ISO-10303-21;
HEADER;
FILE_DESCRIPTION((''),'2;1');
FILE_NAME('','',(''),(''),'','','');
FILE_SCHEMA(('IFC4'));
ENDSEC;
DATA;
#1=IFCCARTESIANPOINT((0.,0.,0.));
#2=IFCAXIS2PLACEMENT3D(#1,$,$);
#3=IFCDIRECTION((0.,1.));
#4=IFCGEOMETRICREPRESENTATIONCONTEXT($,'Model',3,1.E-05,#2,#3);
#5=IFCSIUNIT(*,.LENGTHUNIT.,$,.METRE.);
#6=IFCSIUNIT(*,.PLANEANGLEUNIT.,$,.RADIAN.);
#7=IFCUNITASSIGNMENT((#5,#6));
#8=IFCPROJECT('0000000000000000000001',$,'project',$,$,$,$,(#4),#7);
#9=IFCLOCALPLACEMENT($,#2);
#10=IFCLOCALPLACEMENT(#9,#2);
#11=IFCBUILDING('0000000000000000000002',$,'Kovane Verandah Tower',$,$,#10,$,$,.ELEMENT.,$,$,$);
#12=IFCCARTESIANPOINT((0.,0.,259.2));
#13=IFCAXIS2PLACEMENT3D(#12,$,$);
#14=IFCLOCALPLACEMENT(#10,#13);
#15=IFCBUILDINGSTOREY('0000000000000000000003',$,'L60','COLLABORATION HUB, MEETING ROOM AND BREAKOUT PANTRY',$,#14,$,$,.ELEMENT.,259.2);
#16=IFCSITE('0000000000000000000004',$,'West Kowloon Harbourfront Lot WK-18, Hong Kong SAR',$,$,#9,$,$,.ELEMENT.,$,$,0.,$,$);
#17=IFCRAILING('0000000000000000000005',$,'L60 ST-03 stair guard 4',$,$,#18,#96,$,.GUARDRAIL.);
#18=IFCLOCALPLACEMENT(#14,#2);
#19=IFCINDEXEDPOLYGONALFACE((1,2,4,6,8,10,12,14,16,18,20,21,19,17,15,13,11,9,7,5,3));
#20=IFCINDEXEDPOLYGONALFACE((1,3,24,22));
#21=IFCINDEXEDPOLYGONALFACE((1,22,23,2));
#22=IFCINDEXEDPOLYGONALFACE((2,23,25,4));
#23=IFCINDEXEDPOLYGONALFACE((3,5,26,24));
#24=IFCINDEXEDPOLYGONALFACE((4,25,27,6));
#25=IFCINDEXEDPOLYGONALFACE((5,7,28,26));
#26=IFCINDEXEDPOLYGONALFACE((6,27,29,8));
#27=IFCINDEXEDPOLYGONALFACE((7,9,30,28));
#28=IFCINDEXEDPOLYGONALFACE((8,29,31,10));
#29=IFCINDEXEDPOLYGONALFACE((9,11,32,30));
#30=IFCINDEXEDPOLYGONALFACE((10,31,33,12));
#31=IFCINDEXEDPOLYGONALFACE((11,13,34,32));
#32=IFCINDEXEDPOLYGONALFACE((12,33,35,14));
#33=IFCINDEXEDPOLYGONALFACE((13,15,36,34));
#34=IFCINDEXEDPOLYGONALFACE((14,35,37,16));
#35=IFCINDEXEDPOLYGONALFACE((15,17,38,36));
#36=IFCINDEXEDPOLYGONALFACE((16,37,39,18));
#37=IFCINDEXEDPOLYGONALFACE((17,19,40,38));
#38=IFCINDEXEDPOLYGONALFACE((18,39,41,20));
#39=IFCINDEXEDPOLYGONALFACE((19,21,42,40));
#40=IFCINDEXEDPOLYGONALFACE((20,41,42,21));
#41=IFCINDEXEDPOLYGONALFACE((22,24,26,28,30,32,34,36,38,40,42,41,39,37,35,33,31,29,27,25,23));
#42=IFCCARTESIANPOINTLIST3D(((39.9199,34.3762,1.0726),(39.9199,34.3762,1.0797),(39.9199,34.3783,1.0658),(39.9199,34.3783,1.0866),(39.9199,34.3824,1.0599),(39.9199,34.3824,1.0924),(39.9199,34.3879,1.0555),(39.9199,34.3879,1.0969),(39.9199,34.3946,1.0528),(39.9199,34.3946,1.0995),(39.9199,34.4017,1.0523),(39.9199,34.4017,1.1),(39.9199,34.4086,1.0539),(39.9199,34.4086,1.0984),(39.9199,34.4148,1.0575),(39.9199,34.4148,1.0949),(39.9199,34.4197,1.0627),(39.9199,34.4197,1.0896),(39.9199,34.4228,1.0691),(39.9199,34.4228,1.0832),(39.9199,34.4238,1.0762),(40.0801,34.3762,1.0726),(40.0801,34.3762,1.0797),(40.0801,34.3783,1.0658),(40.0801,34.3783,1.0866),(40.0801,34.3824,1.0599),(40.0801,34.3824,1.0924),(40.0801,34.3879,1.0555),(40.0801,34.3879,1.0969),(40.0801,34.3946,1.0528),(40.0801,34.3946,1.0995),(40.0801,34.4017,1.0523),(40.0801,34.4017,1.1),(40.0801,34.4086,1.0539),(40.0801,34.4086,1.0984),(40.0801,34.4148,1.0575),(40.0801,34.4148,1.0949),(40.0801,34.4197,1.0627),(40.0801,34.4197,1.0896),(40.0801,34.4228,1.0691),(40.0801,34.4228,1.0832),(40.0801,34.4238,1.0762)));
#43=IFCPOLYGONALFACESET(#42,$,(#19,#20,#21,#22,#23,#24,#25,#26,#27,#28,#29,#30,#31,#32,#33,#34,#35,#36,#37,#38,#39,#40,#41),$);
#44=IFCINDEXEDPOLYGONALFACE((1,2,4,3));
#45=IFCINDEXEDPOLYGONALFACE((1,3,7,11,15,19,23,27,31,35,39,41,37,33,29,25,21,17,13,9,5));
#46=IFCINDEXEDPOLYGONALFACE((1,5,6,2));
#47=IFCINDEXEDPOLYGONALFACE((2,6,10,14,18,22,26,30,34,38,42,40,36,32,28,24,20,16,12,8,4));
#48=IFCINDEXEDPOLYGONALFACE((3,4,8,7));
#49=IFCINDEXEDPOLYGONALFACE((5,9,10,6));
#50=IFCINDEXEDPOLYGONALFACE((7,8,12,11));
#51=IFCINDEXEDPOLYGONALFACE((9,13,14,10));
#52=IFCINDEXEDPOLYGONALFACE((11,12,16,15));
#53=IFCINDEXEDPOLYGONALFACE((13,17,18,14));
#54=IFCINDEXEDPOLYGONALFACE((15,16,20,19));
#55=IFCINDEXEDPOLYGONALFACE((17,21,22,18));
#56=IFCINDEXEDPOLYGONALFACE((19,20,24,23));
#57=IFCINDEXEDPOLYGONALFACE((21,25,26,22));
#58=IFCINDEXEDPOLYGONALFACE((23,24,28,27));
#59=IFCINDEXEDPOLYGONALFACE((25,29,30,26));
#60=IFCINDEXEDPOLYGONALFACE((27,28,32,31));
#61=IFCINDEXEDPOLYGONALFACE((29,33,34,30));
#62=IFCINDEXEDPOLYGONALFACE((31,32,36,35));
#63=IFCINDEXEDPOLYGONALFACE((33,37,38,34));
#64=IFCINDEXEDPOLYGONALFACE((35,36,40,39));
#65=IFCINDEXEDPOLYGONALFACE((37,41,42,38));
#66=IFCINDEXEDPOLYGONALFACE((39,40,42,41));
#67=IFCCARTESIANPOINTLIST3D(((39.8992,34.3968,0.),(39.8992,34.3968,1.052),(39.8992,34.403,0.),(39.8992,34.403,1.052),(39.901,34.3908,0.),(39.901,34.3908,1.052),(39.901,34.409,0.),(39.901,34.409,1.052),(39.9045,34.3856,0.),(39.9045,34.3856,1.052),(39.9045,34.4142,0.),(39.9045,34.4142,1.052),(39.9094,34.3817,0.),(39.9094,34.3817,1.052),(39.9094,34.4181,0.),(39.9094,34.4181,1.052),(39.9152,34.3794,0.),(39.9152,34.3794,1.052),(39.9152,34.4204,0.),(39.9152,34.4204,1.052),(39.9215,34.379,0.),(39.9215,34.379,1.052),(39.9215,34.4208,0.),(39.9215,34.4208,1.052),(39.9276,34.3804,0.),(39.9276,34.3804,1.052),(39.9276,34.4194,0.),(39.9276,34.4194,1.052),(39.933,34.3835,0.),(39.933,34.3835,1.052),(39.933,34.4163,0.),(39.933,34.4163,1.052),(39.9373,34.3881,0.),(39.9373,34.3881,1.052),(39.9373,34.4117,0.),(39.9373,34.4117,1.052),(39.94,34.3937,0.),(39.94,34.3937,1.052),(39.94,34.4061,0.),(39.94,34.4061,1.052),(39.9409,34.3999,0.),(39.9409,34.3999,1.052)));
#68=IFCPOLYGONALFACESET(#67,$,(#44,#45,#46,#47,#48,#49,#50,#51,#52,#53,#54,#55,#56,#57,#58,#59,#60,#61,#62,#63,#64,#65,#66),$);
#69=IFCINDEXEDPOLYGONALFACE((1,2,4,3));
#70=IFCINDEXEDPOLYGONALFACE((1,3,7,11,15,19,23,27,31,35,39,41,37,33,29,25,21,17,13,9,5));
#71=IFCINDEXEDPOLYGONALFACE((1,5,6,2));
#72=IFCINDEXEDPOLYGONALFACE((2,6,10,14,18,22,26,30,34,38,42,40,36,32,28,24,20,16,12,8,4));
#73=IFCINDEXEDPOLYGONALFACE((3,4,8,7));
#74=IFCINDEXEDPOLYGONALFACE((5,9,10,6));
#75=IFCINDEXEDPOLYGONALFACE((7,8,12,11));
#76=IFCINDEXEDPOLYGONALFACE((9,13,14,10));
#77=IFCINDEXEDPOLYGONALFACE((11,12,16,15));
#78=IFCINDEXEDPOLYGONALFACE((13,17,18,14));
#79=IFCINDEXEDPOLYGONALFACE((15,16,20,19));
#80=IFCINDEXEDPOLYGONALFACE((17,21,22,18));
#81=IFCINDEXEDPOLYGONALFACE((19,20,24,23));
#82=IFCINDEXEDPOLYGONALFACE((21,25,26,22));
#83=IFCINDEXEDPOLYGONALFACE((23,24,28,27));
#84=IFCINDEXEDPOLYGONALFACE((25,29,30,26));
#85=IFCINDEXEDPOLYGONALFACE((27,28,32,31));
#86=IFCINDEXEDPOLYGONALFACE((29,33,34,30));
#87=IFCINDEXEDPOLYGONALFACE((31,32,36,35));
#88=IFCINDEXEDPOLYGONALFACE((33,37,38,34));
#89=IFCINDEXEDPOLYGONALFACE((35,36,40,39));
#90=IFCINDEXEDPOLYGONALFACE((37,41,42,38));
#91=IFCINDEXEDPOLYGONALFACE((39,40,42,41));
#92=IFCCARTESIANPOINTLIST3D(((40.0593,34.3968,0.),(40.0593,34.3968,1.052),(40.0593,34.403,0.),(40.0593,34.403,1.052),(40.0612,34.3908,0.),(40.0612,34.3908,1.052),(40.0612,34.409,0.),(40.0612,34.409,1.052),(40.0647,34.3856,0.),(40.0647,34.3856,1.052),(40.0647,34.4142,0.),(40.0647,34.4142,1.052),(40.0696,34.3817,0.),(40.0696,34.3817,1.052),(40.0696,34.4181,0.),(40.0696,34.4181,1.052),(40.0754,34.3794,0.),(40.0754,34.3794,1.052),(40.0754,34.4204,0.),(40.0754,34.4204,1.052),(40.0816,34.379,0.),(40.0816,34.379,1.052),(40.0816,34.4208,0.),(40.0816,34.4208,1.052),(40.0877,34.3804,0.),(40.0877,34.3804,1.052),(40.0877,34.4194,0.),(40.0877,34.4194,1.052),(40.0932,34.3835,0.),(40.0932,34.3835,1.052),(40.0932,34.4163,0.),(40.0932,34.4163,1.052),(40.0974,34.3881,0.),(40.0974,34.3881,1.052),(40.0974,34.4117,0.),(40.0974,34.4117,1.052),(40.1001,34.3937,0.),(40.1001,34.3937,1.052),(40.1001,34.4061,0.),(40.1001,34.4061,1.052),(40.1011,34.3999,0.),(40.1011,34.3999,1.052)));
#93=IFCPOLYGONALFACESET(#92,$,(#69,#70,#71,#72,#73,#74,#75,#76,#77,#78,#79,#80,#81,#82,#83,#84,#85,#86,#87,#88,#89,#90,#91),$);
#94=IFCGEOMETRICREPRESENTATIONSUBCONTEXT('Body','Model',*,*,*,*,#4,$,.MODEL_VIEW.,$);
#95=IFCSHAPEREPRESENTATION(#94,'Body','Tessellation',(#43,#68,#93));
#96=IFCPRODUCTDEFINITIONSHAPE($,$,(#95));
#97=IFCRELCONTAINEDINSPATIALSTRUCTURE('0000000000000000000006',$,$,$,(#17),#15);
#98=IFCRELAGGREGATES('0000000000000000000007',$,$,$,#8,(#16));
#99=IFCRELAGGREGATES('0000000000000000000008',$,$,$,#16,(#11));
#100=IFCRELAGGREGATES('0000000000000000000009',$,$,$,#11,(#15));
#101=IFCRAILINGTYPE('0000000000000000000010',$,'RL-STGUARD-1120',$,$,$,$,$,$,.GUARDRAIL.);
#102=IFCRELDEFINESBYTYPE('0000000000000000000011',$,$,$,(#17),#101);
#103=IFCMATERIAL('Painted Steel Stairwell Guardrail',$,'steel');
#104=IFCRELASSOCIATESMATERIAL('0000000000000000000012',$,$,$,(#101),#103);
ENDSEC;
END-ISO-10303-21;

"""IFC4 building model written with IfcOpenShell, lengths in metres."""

from ifc_helpers import new_model, si_unit, direction, frame, origin, origin_2d, place, context, subcontext, project, spatial, circle, extrude, material, type_object, element, save


model = new_model("IFC4")

# Units and contexts
model_context = context("Model", 3, precision=1e-05, world=origin(), true_north=direction((0.0, 1.0)))
body_context = subcontext(model_context, "Body", "Model", "MODEL_VIEW")
ifc_project = project(units=[si_unit("LENGTHUNIT", "METRE"), si_unit("PLANEANGLEUNIT", "RADIAN")], contexts=[model_context])

# Site, building, storey
site_placement = place(None, origin())
site = spatial("IfcSite", under=ifc_project, at=site_placement, Name="West Kowloon Harbourfront Lot WK-18, Hong Kong SAR", CompositionType="ELEMENT", RefElevation=0.0)
building_placement = place(site_placement, origin())
building = spatial("IfcBuilding", under=site, at=building_placement, Name="Kovane Verandah Tower", CompositionType="ELEMENT")
storey_placement = place(building_placement, frame((0.0, 0.0, 259.2)))
storey = spatial("IfcBuildingStorey", under=building, at=storey_placement, Name="L60", Description="COLLABORATION HUB, MEETING ROOM AND BREAKOUT PANTRY", CompositionType="ELEMENT", Elevation=259.2)

# Railing
ifc_material_1 = material(Name="Painted Steel Stairwell Guardrail", Category="steel")
railing_type_1 = type_object("IfcRailingType", Name="RL-STGUARD-1120", PredefinedType="GUARDRAIL", material=ifc_material_1)
railing_1_placement = place(storey_placement, frame((39.9199, 34.3999, 0.0)))
element("IfcRailing", 1, at=railing_1_placement, inside=storey, type_object=railing_type_1, Name="L60 ST-03 stair guard 4", PredefinedType="GUARDRAIL", context=body_context, shape_type="SweptSolid", body=[
    extrude(circle(Radius=0.0239, at=origin_2d()), frame((0.0, 0.0, 1.0762), z_axis=(1.0, 0.0, 0.0), x_axis=(0.0, 1.0, 0.0)), (0.0, 0.0, 1.0), 0.1602),
    extrude(circle(Radius=0.021, at=origin_2d()), origin(), (0.0, 0.0, 1.0), 1.052),
    extrude(circle(Radius=0.021, at=origin_2d()), frame((0.1602, 0.0, 0.0)), (0.0, 0.0, 1.0), 1.052),
])

save(model, "model.ifc")
